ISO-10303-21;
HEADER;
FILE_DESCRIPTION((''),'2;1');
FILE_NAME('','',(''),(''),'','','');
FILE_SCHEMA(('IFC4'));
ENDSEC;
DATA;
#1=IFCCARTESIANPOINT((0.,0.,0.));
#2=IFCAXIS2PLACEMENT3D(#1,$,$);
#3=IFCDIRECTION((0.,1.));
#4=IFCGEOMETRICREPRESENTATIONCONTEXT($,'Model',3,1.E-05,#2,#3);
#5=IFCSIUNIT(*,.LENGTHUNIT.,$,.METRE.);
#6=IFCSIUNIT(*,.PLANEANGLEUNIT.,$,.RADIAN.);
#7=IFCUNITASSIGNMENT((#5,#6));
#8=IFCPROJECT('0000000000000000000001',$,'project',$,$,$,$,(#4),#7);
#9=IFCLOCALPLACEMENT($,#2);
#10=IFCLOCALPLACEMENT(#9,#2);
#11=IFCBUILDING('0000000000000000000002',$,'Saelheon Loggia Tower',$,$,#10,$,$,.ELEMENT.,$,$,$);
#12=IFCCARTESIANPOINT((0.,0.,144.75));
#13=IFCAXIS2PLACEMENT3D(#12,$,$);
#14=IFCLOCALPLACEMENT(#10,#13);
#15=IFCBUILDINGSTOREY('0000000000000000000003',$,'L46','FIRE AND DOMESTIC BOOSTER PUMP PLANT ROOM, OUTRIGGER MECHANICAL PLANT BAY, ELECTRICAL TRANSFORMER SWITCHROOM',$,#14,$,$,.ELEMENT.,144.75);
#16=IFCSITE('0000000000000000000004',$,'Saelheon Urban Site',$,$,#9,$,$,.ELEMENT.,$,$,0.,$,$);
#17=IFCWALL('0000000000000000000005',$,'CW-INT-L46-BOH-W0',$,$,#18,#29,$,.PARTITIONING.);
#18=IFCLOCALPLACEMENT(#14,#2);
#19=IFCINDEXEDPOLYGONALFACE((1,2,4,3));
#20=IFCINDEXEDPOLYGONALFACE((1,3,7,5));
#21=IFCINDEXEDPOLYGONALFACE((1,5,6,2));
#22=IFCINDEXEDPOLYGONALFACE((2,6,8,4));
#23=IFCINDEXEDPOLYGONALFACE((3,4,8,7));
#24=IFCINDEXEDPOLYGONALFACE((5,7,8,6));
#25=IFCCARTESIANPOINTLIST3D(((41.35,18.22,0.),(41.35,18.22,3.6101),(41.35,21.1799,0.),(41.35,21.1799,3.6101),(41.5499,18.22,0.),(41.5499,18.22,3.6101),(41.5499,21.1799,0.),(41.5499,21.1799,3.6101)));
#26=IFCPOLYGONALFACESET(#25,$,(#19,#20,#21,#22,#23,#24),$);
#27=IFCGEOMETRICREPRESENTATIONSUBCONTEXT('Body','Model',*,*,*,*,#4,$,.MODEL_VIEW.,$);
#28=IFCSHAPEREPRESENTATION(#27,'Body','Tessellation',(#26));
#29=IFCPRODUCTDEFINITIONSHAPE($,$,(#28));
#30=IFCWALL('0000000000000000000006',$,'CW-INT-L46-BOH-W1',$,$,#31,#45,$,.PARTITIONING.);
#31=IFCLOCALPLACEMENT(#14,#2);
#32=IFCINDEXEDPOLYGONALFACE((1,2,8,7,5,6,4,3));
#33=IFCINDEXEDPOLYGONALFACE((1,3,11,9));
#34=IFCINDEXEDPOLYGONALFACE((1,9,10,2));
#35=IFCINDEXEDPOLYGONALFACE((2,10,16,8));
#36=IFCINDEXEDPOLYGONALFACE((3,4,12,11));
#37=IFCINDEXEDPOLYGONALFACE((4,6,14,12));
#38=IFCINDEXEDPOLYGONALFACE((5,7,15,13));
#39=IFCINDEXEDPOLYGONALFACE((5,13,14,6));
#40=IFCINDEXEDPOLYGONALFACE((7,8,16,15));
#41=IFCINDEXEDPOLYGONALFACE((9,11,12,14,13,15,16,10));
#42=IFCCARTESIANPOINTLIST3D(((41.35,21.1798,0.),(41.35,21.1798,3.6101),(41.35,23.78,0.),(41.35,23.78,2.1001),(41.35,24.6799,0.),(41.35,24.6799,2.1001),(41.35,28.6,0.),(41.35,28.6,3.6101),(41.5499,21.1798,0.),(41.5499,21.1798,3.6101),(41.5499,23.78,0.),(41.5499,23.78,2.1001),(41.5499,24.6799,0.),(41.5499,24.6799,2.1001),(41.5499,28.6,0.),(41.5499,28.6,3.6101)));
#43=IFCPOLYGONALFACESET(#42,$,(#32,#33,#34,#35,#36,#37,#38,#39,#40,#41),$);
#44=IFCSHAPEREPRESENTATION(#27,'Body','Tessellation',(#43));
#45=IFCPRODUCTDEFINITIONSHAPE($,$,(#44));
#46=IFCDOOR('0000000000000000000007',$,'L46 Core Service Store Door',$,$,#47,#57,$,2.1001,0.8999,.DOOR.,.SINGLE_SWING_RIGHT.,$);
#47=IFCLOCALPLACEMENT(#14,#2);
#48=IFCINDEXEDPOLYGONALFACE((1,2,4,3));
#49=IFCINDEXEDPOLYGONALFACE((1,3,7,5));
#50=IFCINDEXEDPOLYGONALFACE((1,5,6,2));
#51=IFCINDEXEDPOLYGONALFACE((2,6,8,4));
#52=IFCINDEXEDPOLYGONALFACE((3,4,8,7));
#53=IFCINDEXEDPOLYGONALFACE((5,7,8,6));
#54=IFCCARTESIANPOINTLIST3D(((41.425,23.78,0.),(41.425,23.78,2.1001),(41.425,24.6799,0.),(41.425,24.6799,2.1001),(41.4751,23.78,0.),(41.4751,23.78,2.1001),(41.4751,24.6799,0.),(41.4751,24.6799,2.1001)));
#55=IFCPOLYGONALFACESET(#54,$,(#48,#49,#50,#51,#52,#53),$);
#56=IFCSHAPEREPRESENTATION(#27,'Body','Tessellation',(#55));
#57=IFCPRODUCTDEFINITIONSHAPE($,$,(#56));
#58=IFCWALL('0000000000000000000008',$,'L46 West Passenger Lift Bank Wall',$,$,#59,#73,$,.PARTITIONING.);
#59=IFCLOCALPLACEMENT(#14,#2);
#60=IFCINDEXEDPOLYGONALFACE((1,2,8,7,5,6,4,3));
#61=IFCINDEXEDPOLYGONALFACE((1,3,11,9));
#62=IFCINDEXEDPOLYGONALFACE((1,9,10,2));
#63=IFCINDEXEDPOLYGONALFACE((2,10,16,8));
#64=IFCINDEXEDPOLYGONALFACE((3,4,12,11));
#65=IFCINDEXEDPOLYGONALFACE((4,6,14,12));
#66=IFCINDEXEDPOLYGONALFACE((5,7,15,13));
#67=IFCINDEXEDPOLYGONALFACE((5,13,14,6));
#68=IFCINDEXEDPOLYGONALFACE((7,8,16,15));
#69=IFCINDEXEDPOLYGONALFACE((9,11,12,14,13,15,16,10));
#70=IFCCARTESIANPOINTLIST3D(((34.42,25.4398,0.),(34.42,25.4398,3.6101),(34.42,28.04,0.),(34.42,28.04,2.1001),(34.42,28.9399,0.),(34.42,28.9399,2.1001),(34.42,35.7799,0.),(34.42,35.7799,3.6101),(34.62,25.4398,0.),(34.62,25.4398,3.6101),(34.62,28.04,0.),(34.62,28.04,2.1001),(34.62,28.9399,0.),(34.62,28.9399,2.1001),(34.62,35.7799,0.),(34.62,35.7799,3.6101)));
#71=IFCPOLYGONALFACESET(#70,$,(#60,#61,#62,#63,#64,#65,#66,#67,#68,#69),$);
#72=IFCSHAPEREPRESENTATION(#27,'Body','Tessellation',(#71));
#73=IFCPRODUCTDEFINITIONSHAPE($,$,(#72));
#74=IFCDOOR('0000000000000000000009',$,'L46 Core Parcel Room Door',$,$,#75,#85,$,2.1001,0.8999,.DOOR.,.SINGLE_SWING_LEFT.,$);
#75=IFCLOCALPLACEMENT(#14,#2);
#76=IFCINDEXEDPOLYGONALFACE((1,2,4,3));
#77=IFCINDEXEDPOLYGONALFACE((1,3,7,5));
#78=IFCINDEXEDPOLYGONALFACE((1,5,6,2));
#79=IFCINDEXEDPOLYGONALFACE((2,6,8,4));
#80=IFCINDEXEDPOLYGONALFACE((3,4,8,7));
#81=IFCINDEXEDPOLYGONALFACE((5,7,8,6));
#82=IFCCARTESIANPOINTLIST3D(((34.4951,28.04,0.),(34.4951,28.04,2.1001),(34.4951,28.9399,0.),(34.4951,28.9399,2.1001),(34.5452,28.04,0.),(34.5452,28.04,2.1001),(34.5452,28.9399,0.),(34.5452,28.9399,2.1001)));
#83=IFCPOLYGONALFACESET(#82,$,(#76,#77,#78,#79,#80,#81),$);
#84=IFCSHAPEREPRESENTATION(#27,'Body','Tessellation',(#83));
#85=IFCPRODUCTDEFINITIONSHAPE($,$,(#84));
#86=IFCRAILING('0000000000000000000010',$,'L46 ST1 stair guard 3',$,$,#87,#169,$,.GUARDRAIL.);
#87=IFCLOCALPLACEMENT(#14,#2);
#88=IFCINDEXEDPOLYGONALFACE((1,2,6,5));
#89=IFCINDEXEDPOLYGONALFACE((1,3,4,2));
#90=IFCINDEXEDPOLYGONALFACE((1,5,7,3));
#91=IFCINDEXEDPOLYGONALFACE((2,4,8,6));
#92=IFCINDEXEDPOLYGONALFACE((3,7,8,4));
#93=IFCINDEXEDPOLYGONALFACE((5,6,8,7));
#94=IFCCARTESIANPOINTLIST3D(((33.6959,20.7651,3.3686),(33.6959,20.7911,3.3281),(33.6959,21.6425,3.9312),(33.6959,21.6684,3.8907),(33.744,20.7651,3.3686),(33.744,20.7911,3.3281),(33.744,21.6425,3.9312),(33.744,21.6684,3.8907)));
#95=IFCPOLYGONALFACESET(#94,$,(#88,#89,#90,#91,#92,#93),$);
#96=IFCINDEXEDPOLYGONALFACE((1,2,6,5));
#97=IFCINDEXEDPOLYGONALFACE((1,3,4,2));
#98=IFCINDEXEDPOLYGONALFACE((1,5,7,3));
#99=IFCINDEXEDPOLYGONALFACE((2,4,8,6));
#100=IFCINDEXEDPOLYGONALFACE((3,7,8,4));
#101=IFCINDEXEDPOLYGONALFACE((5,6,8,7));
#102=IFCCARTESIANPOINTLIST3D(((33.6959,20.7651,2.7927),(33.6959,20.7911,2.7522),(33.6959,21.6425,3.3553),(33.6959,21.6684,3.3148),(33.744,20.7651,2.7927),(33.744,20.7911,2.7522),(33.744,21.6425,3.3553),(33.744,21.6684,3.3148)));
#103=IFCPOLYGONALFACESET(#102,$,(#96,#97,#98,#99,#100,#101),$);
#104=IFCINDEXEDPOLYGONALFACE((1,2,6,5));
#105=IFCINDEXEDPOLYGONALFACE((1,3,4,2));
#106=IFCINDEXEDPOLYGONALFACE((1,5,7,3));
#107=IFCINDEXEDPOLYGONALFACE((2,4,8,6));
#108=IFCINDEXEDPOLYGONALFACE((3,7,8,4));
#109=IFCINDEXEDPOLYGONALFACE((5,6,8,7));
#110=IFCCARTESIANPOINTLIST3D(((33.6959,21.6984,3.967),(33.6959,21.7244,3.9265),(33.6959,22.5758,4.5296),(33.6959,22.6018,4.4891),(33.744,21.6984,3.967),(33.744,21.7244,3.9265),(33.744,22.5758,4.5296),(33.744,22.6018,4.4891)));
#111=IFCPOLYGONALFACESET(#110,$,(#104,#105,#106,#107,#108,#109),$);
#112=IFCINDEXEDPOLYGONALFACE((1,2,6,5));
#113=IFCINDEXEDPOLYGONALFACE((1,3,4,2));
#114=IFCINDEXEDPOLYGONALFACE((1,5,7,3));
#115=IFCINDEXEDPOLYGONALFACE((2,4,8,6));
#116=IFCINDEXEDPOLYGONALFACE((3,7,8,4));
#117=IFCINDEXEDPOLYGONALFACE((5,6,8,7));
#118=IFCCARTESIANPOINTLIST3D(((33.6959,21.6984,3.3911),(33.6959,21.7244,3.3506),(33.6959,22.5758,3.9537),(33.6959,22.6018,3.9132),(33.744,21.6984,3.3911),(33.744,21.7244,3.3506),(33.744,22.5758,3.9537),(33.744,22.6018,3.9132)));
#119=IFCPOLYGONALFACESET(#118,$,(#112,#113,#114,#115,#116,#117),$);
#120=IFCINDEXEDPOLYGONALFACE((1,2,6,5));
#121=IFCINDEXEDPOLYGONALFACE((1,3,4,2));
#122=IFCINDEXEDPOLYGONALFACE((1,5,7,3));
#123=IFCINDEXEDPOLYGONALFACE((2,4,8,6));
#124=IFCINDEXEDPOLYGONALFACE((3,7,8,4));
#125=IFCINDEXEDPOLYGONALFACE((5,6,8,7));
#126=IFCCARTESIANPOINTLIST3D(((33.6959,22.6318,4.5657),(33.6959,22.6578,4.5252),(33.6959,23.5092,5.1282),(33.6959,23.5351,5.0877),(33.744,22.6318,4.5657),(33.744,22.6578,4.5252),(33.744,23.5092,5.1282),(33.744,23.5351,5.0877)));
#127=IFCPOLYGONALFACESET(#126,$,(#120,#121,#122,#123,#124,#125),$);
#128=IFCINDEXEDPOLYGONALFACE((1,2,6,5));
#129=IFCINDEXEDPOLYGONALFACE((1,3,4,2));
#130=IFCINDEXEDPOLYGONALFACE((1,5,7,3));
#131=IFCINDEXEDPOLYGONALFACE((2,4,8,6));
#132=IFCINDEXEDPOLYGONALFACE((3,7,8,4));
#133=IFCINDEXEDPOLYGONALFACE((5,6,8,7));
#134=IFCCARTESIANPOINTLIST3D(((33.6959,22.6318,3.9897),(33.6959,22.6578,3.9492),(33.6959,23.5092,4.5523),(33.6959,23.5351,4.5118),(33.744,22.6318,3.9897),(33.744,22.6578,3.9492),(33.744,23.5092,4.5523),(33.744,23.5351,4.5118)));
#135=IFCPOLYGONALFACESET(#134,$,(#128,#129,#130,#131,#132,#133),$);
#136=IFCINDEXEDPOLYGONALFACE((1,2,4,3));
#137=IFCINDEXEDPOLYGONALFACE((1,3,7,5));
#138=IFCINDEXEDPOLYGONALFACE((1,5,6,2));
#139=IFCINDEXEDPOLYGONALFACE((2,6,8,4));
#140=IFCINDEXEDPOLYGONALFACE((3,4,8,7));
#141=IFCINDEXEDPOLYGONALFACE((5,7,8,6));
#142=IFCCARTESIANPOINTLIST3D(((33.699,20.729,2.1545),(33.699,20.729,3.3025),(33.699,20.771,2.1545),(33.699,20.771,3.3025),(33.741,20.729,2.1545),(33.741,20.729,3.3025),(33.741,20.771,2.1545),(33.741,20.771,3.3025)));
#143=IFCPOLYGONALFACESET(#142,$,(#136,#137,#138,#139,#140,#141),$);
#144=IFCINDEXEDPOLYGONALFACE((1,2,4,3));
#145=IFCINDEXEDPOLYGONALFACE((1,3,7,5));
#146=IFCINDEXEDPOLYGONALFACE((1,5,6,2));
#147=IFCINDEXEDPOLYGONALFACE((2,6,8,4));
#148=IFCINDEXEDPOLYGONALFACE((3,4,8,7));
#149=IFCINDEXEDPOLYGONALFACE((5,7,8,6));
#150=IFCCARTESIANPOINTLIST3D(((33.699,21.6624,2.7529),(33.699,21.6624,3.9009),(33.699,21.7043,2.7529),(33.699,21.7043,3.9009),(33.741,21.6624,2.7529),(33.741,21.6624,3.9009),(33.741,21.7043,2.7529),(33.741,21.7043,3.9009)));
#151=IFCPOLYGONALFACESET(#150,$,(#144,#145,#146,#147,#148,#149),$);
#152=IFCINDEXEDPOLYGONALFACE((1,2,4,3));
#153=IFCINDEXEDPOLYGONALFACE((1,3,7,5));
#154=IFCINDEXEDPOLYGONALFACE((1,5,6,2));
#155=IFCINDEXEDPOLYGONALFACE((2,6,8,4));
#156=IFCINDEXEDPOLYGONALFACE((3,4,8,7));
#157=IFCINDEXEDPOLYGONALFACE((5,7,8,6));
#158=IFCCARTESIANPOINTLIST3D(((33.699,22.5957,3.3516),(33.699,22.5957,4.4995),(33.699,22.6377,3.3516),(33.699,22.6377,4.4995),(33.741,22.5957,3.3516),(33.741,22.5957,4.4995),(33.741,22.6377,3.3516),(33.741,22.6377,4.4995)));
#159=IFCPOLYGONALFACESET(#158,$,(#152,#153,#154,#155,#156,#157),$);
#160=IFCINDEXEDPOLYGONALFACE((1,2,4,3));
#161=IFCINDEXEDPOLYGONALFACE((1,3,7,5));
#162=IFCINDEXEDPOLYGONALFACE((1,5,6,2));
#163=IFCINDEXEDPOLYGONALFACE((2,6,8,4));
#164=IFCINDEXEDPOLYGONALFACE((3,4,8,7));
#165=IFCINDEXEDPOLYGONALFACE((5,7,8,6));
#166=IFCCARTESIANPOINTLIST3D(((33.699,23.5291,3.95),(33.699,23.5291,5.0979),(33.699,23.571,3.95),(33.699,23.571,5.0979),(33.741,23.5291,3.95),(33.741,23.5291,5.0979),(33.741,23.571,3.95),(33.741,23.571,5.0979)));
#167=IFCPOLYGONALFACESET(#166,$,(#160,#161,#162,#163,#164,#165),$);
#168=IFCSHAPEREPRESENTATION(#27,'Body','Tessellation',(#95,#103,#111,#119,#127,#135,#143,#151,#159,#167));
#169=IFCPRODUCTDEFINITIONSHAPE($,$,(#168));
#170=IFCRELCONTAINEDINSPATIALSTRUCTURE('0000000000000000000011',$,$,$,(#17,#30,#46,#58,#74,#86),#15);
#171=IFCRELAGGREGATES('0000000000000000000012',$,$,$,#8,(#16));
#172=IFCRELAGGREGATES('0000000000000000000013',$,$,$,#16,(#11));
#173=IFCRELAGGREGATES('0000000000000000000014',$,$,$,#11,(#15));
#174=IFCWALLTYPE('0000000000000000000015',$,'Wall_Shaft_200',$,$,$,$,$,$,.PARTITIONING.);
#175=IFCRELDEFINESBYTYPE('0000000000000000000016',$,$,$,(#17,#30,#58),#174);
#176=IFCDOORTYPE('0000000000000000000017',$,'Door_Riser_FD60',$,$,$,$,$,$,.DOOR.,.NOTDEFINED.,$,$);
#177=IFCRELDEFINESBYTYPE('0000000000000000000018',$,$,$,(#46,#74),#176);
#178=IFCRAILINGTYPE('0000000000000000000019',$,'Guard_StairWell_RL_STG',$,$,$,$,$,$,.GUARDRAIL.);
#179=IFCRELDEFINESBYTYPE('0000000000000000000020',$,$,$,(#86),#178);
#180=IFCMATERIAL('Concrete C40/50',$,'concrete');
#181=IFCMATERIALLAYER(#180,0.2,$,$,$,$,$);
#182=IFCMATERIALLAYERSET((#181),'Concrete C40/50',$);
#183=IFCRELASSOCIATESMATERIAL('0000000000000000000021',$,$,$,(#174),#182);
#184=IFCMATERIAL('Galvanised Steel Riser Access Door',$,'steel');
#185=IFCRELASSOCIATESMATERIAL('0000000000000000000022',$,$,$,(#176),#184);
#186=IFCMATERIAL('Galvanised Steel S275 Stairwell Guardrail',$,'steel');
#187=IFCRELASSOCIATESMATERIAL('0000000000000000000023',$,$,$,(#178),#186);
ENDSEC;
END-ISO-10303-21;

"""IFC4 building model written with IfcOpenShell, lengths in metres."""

from ifc_helpers import new_model, si_unit, direction, frame, frame_2d, origin, origin_2d, place, context, subcontext, project, spatial, rectangle, extrude, source, transform, mapped, material, layer, layer_set, type_object, element, fill, save


model = new_model("IFC4")

# Units and contexts
model_context = context("Model", 3, precision=1e-05, world=origin(), true_north=direction((0.0, 1.0)))
body_context = subcontext(model_context, "Body", "Model", "MODEL_VIEW")
ifc_project = project(units=[si_unit("LENGTHUNIT", "METRE"), si_unit("PLANEANGLEUNIT", "RADIAN")], contexts=[model_context])

# Site, building, storey
site_placement = place(None, origin())
site = spatial("IfcSite", under=ifc_project, at=site_placement, Name="Saelheon Urban Site", CompositionType="ELEMENT", RefElevation=0.0)
building_placement = place(site_placement, origin())
building = spatial("IfcBuilding", under=site, at=building_placement, Name="Saelheon Loggia Tower", CompositionType="ELEMENT")
storey_placement = place(building_placement, frame((0.0, 0.0, 144.75)))
storey = spatial("IfcBuildingStorey", under=building, at=storey_placement, Name="L46", Description="FIRE AND DOMESTIC BOOSTER PUMP PLANT ROOM, OUTRIGGER MECHANICAL PLANT BAY, ELECTRICAL TRANSFORMER SWITCHROOM", CompositionType="ELEMENT", Elevation=144.75)

# Wall
ifc_material_1 = material(Name="Concrete C40/50", Category="concrete")
ifc_layer = layer(ifc_material_1, 0.2)
ifc_layer_set = layer_set([ifc_layer], Name="Concrete C40/50")
wall_type = type_object("IfcWallType", Name="Wall_Shaft_200", PredefinedType="PARTITIONING", material=ifc_layer_set)
wall_1_placement = place(storey_placement, frame((41.45, 18.22, 0.0), z_axis=(0.0, 0.0, 1.0), x_axis=(0.0, 1.0, 0.0)))
element("IfcWall", 1, at=wall_1_placement, inside=storey, type_object=wall_type, Name="CW-INT-L46-BOH-W0", PredefinedType="PARTITIONING", context=body_context, shape_type="SweptSolid", body=[
    extrude(rectangle(XDim=2.96, YDim=0.2, at=frame_2d((1.48, 0.0))), origin(), (0.0, 0.0, 1.0), 3.6101),
])

# Wall, opening, door
wall_2_placement = place(storey_placement, frame((41.45, 21.1799, 0.0), z_axis=(0.0, 0.0, 1.0), x_axis=(0.0, 1.0, 0.0)))
wall_2 = element("IfcWall", 2, at=wall_2_placement, inside=storey, type_object=wall_type, Name="CW-INT-L46-BOH-W1", PredefinedType="PARTITIONING", context=body_context, shape_type="SweptSolid", body=[
    extrude(rectangle(XDim=7.4202, YDim=0.2, at=frame_2d((3.71, 0.0))), origin(), (0.0, 0.0, 1.0), 3.6101),
])
opening_1_placement = place(wall_2_placement, frame((2.6001, 0.0, 0.0)))
opening_1 = element("IfcOpeningElement", 3, at=opening_1_placement, cuts=wall_2, PredefinedType="OPENING", context=body_context, shape_type="SweptSolid", body=[
    extrude(rectangle(XDim=0.8999, YDim=2.1001, at=frame_2d((0.45, 1.05))), frame((0.0, 0.1121, 0.0), z_axis=(0.0, -1.0, 0.0), x_axis=(1.0, 0.0, 0.0)), (0.0, 0.0, 1.0), 0.2239),
])
ifc_material_2 = material(Name="Galvanised Steel Riser Access Door", Category="steel")
door_type_1 = type_object("IfcDoorType", Name="Door_Riser_FD60", OperationType="NOTDEFINED", PredefinedType="DOOR", material=ifc_material_2)
shared_shape_1 = source(origin(), body_context, "Body", "SweptSolid", [
    extrude(rectangle(XDim=0.8999, YDim=2.1001, at=frame_2d((0.45, 1.05))), frame((0.0, 0.0249, 0.0), z_axis=(0.0, -1.0, 0.0), x_axis=(1.0, 0.0, 0.0)), (0.0, 0.0, 1.0), 0.05),
])
door_1_placement = place(opening_1_placement, origin())
door_1 = element("IfcDoor", 4, at=door_1_placement, inside=storey, type_object=door_type_1, Name="L46 Core Service Store Door", OperationType="SINGLE_SWING_RIGHT", OverallHeight=2.1001, OverallWidth=0.8999, PredefinedType="DOOR", context=body_context, shape_type="MappedRepresentation", body=[
    mapped(shared_shape_1, transform((0.0, 0.0, 0.0), scale=1.0)),
])
fill(opening_1, door_1)

# Wall, opening, door
wall_3_placement = place(storey_placement, frame((34.52, 25.4399, 0.0), z_axis=(0.0, 0.0, 1.0), x_axis=(0.0, 1.0, 0.0)))
wall_3 = element("IfcWall", 5, at=wall_3_placement, inside=storey, type_object=wall_type, Name="L46 West Passenger Lift Bank Wall", PredefinedType="PARTITIONING", context=body_context, shape_type="SweptSolid", body=[
    extrude(rectangle(XDim=10.3401, YDim=0.2, at=frame_2d((5.1699, 0.0))), origin(), (0.0, 0.0, 1.0), 3.6101),
])
opening_2_placement = place(wall_3_placement, frame((2.6001, 0.0, 0.0)))
opening_2 = element("IfcOpeningElement", 6, at=opening_2_placement, cuts=wall_3, PredefinedType="OPENING", context=body_context, shape_type="SweptSolid", body=[
    extrude(rectangle(XDim=0.8999, YDim=2.1001, at=frame_2d((0.45, 1.05))), frame((0.0, 0.1121, 0.0), z_axis=(0.0, -1.0, 0.0), x_axis=(1.0, 0.0, 0.0)), (0.0, 0.0, 1.0), 0.2239),
])
door_2_placement = place(opening_2_placement, origin())
door_2 = element("IfcDoor", 7, at=door_2_placement, inside=storey, type_object=door_type_1, Name="L46 Core Parcel Room Door", OperationType="SINGLE_SWING_LEFT", OverallHeight=2.1001, OverallWidth=0.8999, PredefinedType="DOOR", context=body_context, shape_type="MappedRepresentation", body=[
    mapped(shared_shape_1, transform((0.0, 0.0, 0.0), scale=1.0)),
])
fill(opening_2, door_2)

# Railing
ifc_material_3 = material(Name="Galvanised Steel S275 Stairwell Guardrail", Category="steel")
railing_type_1 = type_object("IfcRailingType", Name="Guard_StairWell_RL_STG", PredefinedType="GUARDRAIL", material=ifc_material_3)
railing_1_placement = place(storey_placement, frame((33.72, 20.75, 2.1545)))
element("IfcRailing", 8, at=railing_1_placement, inside=storey, type_object=railing_type_1, Name="L46 ST1 stair guard 3", PredefinedType="GUARDRAIL", context=body_context, shape_type="SweptSolid", body=[
    extrude(rectangle(XDim=0.0481, YDim=0.0481, at=origin_2d()), frame((0.0, 0.0281, 1.1938), z_axis=(0.0, 0.84181, 0.539774), x_axis=(-1.0, 0.0, 0.0)), (0.0, 0.0, 1.0), 1.0422),
    extrude(rectangle(XDim=0.0481, YDim=0.0481, at=origin_2d()), frame((0.0, 0.0281, 0.6179), z_axis=(0.0, 0.84181, 0.539774), x_axis=(-1.0, 0.0, 0.0)), (0.0, 0.0, 1.0), 1.0422),
    extrude(rectangle(XDim=0.0481, YDim=0.0481, at=origin_2d()), frame((0.0, 0.9614, 1.7922), z_axis=(0.0, 0.84181, 0.539774), x_axis=(-1.0, 0.0, 0.0)), (0.0, 0.0, 1.0), 1.0422),
    extrude(rectangle(XDim=0.0481, YDim=0.0481, at=origin_2d()), frame((0.0, 0.9614, 1.2163), z_axis=(0.0, 0.84181, 0.539774), x_axis=(-1.0, 0.0, 0.0)), (0.0, 0.0, 1.0), 1.0422),
    extrude(rectangle(XDim=0.0481, YDim=0.0481, at=origin_2d()), frame((0.0, 1.8948, 2.3909), z_axis=(0.0, 0.84181, 0.539774), x_axis=(-1.0, 0.0, 0.0)), (0.0, 0.0, 1.0), 1.0422),
    extrude(rectangle(XDim=0.0481, YDim=0.0481, at=origin_2d()), frame((0.0, 1.8948, 1.8149), z_axis=(0.0, 0.84181, 0.539774), x_axis=(-1.0, 0.0, 0.0)), (0.0, 0.0, 1.0), 1.0422),
    extrude(rectangle(XDim=0.042, YDim=0.042, at=origin_2d()), origin(), (0.0, 0.0, 1.0), 1.1479),
    extrude(rectangle(XDim=0.042, YDim=0.042, at=origin_2d()), frame((0.0, 0.9333, 0.5984)), (0.0, 0.0, 1.0), 1.1479),
    extrude(rectangle(XDim=0.042, YDim=0.042, at=origin_2d()), frame((0.0, 1.8667, 1.197)), (0.0, 0.0, 1.0), 1.1479),
    extrude(rectangle(XDim=0.042, YDim=0.042, at=origin_2d()), frame((0.0, 2.8, 1.7954)), (0.0, 0.0, 1.0), 1.1479),
])

save(model, "model.ifc")
